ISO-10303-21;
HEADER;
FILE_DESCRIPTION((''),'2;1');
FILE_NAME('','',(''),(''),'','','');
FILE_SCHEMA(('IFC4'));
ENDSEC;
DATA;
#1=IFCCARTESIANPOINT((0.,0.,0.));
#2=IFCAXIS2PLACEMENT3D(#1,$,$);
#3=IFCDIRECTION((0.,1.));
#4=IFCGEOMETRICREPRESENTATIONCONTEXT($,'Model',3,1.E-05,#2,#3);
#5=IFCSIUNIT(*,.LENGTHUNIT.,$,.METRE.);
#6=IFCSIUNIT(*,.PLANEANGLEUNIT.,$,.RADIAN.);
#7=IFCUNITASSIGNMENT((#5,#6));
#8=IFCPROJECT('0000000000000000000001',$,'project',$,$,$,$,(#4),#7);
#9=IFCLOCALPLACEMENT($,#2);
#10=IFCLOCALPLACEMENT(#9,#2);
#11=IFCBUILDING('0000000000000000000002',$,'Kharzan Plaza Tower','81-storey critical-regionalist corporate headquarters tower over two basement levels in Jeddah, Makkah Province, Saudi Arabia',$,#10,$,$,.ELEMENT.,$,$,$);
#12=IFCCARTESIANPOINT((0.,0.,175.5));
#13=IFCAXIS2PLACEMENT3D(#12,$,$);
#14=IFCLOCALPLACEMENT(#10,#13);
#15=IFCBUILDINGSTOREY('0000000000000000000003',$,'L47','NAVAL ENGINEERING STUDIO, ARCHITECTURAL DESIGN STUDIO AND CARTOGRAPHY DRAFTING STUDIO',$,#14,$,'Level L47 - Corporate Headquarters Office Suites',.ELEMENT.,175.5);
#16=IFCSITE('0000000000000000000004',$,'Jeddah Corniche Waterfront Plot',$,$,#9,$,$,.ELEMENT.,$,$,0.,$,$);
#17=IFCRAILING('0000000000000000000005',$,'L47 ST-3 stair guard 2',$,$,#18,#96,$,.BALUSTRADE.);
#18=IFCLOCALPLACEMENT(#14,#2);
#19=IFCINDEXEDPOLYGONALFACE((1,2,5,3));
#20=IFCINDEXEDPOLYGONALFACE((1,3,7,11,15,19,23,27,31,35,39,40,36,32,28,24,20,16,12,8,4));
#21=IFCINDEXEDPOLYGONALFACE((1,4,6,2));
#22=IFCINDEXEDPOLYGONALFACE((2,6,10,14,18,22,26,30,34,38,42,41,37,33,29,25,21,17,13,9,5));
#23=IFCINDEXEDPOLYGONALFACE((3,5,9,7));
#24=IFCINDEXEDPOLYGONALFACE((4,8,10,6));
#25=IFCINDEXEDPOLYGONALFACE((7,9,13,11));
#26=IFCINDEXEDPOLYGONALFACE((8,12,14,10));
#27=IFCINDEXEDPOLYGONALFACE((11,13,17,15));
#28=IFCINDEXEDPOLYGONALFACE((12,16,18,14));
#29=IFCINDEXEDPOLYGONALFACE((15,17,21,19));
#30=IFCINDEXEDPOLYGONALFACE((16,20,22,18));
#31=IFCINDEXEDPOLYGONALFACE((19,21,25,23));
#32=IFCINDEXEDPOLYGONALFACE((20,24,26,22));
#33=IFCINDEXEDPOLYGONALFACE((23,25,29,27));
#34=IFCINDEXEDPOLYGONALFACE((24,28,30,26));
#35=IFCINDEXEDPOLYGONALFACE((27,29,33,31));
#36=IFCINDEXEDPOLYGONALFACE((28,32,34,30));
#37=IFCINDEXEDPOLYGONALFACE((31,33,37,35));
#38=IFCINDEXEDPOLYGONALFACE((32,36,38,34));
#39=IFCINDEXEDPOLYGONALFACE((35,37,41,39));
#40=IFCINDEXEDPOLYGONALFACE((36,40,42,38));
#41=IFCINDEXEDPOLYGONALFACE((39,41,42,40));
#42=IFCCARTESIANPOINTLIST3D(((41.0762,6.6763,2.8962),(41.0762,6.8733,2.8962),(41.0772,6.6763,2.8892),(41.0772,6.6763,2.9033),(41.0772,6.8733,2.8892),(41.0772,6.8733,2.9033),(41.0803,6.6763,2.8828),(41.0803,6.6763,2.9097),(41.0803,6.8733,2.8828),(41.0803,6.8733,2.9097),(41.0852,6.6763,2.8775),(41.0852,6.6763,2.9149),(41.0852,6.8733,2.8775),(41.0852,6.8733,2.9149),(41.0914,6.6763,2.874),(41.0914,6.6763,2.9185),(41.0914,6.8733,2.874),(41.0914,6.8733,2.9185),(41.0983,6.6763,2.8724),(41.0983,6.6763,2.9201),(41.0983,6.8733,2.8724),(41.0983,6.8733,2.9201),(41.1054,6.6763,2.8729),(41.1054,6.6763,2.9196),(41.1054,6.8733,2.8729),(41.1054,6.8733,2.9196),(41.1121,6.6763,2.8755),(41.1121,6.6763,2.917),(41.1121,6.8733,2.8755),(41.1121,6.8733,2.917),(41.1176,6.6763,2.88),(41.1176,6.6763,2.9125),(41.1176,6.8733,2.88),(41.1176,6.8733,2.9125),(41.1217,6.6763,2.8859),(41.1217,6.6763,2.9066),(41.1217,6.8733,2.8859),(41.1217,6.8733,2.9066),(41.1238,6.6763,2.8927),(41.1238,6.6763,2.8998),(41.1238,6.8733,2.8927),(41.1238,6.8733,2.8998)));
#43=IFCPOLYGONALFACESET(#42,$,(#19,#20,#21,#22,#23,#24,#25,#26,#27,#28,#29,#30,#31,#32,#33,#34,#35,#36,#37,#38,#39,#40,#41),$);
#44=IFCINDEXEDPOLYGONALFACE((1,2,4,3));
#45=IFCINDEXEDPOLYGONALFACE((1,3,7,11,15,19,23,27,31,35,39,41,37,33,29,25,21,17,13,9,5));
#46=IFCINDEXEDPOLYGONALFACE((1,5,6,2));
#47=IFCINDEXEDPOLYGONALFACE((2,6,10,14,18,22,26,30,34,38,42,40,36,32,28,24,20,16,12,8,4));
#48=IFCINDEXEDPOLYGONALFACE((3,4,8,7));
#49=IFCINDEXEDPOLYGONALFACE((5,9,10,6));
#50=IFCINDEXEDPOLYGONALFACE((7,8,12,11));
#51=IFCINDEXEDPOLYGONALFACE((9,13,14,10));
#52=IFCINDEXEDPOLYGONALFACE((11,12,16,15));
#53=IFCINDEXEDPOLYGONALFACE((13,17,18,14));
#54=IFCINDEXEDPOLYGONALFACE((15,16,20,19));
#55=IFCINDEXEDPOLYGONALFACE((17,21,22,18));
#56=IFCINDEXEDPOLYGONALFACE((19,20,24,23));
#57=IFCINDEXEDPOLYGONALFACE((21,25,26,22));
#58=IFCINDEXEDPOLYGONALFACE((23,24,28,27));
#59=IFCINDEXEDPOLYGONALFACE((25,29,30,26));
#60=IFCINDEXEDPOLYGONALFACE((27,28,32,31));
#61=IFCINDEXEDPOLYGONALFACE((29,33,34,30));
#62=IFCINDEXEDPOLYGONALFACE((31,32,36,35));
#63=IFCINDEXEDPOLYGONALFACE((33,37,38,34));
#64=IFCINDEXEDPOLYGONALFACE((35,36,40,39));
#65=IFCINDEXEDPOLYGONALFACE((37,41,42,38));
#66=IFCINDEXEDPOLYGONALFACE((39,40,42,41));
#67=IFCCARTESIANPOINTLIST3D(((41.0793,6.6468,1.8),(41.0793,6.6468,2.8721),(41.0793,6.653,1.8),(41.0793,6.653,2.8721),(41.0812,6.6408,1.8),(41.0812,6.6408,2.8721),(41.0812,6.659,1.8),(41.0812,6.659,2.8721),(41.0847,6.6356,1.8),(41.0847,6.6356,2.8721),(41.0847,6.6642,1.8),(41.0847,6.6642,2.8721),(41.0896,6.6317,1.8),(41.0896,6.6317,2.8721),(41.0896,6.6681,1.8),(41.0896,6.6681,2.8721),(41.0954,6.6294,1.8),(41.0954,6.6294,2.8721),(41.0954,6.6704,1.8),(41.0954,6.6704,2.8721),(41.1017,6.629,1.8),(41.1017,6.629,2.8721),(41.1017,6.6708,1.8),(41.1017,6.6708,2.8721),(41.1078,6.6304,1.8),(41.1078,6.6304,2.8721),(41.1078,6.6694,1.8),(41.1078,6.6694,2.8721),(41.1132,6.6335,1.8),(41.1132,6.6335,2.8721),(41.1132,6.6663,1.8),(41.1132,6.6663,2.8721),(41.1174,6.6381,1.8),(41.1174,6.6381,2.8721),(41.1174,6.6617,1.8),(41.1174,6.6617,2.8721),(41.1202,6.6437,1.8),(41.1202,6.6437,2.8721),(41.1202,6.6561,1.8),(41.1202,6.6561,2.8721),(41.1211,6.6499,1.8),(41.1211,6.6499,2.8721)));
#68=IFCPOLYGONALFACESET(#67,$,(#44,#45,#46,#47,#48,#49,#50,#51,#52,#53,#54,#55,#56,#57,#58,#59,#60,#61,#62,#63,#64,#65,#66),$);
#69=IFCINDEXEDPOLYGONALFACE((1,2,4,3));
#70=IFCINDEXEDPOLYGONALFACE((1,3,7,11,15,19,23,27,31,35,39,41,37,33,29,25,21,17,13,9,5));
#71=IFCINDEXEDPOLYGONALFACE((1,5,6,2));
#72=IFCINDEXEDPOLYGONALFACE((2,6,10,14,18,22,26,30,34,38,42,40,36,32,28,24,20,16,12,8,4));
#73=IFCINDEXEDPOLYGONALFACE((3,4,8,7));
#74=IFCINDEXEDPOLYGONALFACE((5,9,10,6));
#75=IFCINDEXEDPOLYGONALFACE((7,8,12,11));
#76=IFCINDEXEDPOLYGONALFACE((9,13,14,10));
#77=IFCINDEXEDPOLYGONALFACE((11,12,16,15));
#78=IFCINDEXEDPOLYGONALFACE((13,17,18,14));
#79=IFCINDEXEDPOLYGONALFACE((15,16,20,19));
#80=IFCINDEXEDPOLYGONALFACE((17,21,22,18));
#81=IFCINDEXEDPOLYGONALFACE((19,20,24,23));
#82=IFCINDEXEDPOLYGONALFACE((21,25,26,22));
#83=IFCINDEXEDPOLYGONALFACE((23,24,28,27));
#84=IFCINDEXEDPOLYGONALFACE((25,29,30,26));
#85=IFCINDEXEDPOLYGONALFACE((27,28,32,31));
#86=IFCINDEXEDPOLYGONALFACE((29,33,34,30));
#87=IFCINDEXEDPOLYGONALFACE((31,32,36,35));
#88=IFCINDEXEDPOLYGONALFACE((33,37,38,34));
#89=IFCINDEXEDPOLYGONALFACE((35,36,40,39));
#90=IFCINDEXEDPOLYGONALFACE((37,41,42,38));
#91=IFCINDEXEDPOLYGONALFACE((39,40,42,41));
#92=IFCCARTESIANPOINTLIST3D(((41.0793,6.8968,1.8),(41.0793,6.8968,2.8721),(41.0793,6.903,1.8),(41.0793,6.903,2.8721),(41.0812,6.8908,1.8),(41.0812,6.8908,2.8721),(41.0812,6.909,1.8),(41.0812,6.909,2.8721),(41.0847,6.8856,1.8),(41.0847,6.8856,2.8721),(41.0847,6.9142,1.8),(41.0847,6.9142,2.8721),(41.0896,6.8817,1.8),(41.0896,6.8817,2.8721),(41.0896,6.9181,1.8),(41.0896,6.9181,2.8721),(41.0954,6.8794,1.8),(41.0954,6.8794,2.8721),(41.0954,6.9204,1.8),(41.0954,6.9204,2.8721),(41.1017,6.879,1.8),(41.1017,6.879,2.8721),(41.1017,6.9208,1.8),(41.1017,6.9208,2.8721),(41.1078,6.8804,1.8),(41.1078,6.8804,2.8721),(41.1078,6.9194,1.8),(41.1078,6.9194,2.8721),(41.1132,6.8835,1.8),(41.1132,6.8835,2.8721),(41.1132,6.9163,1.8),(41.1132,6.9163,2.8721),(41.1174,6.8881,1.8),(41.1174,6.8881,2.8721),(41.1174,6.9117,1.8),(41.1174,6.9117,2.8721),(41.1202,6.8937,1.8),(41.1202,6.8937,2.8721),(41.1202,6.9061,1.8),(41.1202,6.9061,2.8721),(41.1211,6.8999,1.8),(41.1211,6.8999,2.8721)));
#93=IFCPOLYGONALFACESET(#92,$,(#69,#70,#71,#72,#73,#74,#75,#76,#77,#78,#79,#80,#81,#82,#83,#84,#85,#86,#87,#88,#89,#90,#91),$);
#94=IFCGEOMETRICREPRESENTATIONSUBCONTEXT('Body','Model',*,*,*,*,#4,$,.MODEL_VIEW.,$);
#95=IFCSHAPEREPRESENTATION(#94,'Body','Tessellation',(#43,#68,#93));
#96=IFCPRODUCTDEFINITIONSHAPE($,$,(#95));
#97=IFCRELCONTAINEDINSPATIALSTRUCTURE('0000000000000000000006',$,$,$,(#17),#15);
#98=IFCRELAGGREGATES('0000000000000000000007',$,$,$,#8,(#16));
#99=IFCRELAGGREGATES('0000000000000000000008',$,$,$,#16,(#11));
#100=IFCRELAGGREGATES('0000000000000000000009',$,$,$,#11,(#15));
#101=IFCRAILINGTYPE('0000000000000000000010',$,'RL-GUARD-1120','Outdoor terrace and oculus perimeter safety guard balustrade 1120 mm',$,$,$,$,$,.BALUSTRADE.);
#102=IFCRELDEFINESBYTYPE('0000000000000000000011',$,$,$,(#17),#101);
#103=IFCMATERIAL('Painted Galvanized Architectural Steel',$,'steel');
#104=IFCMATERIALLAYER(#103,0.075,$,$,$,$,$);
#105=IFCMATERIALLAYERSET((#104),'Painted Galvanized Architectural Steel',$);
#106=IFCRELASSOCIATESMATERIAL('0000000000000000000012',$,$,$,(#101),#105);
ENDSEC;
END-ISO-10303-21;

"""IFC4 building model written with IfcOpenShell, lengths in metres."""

from ifc_helpers import new_model, si_unit, direction, frame, origin, origin_2d, place, context, subcontext, project, spatial, circle, extrude, source, transform, mapped, material, layer, layer_set, type_object, element, save


model = new_model("IFC4")

# Units and contexts
model_context = context("Model", 3, precision=1e-05, world=origin(), true_north=direction((0.0, 1.0)))
body_context = subcontext(model_context, "Body", "Model", "MODEL_VIEW")
ifc_project = project(units=[si_unit("LENGTHUNIT", "METRE"), si_unit("PLANEANGLEUNIT", "RADIAN")], contexts=[model_context])

# Site, building, storey
site_placement = place(None, origin())
site = spatial("IfcSite", under=ifc_project, at=site_placement, Name="Jeddah Corniche Waterfront Plot", CompositionType="ELEMENT", RefElevation=0.0)
building_placement = place(site_placement, origin())
building = spatial("IfcBuilding", under=site, at=building_placement, Name="Kharzan Plaza Tower", Description="81-storey critical-regionalist corporate headquarters tower over two basement levels in Jeddah, Makkah Province, Saudi Arabia", CompositionType="ELEMENT")
storey_placement = place(building_placement, frame((0.0, 0.0, 175.5)))
storey = spatial("IfcBuildingStorey", under=building, at=storey_placement, Name="L47", Description="NAVAL ENGINEERING STUDIO, ARCHITECTURAL DESIGN STUDIO AND CARTOGRAPHY DRAFTING STUDIO", LongName="Level L47 - Corporate Headquarters Office Suites", CompositionType="ELEMENT", Elevation=175.5)

# Railing
ifc_material_1 = material(Name="Painted Galvanized Architectural Steel", Category="steel")
ifc_layer_1 = layer(ifc_material_1, 0.075)
ifc_layer_set_1 = layer_set([ifc_layer_1], Name="Painted Galvanized Architectural Steel")
railing_type_1 = type_object("IfcRailingType", Name="RL-GUARD-1120", Description="Outdoor terrace and oculus perimeter safety guard balustrade 1120 mm", PredefinedType="BALUSTRADE", material=ifc_layer_set_1)
shared_shape_1 = source(origin(), body_context, "Body", "SweptSolid", [
    extrude(circle(Radius=0.0239, at=origin_2d()), frame((0.0, 0.0264, 1.0962), z_axis=(0.0, 1.0, 0.0), x_axis=(-1.0, 0.0, 0.0)), (0.0, 0.0, 1.0), 0.197),
    extrude(circle(Radius=0.021, at=origin_2d()), origin(), (0.0, 0.0, 1.0), 1.072),
    extrude(circle(Radius=0.021, at=origin_2d()), frame((0.0, 0.25, 0.0)), (0.0, 0.0, 1.0), 1.072),
])
railing_1_placement = place(storey_placement, frame((41.1001, 6.6499, 1.8)))
element("IfcRailing", 1, at=railing_1_placement, inside=storey, type_object=railing_type_1, Name="L47 ST-3 stair guard 2", PredefinedType="BALUSTRADE", context=body_context, shape_type="MappedRepresentation", body=[
    mapped(shared_shape_1, transform((0.0, 0.0, 0.0), x_axis=(1.0, 0.0, 0.0), y_axis=(0.0, 1.0, 0.0), z_axis=(0.0, 0.0, 1.0))),
])

save(model, "model.ifc")
